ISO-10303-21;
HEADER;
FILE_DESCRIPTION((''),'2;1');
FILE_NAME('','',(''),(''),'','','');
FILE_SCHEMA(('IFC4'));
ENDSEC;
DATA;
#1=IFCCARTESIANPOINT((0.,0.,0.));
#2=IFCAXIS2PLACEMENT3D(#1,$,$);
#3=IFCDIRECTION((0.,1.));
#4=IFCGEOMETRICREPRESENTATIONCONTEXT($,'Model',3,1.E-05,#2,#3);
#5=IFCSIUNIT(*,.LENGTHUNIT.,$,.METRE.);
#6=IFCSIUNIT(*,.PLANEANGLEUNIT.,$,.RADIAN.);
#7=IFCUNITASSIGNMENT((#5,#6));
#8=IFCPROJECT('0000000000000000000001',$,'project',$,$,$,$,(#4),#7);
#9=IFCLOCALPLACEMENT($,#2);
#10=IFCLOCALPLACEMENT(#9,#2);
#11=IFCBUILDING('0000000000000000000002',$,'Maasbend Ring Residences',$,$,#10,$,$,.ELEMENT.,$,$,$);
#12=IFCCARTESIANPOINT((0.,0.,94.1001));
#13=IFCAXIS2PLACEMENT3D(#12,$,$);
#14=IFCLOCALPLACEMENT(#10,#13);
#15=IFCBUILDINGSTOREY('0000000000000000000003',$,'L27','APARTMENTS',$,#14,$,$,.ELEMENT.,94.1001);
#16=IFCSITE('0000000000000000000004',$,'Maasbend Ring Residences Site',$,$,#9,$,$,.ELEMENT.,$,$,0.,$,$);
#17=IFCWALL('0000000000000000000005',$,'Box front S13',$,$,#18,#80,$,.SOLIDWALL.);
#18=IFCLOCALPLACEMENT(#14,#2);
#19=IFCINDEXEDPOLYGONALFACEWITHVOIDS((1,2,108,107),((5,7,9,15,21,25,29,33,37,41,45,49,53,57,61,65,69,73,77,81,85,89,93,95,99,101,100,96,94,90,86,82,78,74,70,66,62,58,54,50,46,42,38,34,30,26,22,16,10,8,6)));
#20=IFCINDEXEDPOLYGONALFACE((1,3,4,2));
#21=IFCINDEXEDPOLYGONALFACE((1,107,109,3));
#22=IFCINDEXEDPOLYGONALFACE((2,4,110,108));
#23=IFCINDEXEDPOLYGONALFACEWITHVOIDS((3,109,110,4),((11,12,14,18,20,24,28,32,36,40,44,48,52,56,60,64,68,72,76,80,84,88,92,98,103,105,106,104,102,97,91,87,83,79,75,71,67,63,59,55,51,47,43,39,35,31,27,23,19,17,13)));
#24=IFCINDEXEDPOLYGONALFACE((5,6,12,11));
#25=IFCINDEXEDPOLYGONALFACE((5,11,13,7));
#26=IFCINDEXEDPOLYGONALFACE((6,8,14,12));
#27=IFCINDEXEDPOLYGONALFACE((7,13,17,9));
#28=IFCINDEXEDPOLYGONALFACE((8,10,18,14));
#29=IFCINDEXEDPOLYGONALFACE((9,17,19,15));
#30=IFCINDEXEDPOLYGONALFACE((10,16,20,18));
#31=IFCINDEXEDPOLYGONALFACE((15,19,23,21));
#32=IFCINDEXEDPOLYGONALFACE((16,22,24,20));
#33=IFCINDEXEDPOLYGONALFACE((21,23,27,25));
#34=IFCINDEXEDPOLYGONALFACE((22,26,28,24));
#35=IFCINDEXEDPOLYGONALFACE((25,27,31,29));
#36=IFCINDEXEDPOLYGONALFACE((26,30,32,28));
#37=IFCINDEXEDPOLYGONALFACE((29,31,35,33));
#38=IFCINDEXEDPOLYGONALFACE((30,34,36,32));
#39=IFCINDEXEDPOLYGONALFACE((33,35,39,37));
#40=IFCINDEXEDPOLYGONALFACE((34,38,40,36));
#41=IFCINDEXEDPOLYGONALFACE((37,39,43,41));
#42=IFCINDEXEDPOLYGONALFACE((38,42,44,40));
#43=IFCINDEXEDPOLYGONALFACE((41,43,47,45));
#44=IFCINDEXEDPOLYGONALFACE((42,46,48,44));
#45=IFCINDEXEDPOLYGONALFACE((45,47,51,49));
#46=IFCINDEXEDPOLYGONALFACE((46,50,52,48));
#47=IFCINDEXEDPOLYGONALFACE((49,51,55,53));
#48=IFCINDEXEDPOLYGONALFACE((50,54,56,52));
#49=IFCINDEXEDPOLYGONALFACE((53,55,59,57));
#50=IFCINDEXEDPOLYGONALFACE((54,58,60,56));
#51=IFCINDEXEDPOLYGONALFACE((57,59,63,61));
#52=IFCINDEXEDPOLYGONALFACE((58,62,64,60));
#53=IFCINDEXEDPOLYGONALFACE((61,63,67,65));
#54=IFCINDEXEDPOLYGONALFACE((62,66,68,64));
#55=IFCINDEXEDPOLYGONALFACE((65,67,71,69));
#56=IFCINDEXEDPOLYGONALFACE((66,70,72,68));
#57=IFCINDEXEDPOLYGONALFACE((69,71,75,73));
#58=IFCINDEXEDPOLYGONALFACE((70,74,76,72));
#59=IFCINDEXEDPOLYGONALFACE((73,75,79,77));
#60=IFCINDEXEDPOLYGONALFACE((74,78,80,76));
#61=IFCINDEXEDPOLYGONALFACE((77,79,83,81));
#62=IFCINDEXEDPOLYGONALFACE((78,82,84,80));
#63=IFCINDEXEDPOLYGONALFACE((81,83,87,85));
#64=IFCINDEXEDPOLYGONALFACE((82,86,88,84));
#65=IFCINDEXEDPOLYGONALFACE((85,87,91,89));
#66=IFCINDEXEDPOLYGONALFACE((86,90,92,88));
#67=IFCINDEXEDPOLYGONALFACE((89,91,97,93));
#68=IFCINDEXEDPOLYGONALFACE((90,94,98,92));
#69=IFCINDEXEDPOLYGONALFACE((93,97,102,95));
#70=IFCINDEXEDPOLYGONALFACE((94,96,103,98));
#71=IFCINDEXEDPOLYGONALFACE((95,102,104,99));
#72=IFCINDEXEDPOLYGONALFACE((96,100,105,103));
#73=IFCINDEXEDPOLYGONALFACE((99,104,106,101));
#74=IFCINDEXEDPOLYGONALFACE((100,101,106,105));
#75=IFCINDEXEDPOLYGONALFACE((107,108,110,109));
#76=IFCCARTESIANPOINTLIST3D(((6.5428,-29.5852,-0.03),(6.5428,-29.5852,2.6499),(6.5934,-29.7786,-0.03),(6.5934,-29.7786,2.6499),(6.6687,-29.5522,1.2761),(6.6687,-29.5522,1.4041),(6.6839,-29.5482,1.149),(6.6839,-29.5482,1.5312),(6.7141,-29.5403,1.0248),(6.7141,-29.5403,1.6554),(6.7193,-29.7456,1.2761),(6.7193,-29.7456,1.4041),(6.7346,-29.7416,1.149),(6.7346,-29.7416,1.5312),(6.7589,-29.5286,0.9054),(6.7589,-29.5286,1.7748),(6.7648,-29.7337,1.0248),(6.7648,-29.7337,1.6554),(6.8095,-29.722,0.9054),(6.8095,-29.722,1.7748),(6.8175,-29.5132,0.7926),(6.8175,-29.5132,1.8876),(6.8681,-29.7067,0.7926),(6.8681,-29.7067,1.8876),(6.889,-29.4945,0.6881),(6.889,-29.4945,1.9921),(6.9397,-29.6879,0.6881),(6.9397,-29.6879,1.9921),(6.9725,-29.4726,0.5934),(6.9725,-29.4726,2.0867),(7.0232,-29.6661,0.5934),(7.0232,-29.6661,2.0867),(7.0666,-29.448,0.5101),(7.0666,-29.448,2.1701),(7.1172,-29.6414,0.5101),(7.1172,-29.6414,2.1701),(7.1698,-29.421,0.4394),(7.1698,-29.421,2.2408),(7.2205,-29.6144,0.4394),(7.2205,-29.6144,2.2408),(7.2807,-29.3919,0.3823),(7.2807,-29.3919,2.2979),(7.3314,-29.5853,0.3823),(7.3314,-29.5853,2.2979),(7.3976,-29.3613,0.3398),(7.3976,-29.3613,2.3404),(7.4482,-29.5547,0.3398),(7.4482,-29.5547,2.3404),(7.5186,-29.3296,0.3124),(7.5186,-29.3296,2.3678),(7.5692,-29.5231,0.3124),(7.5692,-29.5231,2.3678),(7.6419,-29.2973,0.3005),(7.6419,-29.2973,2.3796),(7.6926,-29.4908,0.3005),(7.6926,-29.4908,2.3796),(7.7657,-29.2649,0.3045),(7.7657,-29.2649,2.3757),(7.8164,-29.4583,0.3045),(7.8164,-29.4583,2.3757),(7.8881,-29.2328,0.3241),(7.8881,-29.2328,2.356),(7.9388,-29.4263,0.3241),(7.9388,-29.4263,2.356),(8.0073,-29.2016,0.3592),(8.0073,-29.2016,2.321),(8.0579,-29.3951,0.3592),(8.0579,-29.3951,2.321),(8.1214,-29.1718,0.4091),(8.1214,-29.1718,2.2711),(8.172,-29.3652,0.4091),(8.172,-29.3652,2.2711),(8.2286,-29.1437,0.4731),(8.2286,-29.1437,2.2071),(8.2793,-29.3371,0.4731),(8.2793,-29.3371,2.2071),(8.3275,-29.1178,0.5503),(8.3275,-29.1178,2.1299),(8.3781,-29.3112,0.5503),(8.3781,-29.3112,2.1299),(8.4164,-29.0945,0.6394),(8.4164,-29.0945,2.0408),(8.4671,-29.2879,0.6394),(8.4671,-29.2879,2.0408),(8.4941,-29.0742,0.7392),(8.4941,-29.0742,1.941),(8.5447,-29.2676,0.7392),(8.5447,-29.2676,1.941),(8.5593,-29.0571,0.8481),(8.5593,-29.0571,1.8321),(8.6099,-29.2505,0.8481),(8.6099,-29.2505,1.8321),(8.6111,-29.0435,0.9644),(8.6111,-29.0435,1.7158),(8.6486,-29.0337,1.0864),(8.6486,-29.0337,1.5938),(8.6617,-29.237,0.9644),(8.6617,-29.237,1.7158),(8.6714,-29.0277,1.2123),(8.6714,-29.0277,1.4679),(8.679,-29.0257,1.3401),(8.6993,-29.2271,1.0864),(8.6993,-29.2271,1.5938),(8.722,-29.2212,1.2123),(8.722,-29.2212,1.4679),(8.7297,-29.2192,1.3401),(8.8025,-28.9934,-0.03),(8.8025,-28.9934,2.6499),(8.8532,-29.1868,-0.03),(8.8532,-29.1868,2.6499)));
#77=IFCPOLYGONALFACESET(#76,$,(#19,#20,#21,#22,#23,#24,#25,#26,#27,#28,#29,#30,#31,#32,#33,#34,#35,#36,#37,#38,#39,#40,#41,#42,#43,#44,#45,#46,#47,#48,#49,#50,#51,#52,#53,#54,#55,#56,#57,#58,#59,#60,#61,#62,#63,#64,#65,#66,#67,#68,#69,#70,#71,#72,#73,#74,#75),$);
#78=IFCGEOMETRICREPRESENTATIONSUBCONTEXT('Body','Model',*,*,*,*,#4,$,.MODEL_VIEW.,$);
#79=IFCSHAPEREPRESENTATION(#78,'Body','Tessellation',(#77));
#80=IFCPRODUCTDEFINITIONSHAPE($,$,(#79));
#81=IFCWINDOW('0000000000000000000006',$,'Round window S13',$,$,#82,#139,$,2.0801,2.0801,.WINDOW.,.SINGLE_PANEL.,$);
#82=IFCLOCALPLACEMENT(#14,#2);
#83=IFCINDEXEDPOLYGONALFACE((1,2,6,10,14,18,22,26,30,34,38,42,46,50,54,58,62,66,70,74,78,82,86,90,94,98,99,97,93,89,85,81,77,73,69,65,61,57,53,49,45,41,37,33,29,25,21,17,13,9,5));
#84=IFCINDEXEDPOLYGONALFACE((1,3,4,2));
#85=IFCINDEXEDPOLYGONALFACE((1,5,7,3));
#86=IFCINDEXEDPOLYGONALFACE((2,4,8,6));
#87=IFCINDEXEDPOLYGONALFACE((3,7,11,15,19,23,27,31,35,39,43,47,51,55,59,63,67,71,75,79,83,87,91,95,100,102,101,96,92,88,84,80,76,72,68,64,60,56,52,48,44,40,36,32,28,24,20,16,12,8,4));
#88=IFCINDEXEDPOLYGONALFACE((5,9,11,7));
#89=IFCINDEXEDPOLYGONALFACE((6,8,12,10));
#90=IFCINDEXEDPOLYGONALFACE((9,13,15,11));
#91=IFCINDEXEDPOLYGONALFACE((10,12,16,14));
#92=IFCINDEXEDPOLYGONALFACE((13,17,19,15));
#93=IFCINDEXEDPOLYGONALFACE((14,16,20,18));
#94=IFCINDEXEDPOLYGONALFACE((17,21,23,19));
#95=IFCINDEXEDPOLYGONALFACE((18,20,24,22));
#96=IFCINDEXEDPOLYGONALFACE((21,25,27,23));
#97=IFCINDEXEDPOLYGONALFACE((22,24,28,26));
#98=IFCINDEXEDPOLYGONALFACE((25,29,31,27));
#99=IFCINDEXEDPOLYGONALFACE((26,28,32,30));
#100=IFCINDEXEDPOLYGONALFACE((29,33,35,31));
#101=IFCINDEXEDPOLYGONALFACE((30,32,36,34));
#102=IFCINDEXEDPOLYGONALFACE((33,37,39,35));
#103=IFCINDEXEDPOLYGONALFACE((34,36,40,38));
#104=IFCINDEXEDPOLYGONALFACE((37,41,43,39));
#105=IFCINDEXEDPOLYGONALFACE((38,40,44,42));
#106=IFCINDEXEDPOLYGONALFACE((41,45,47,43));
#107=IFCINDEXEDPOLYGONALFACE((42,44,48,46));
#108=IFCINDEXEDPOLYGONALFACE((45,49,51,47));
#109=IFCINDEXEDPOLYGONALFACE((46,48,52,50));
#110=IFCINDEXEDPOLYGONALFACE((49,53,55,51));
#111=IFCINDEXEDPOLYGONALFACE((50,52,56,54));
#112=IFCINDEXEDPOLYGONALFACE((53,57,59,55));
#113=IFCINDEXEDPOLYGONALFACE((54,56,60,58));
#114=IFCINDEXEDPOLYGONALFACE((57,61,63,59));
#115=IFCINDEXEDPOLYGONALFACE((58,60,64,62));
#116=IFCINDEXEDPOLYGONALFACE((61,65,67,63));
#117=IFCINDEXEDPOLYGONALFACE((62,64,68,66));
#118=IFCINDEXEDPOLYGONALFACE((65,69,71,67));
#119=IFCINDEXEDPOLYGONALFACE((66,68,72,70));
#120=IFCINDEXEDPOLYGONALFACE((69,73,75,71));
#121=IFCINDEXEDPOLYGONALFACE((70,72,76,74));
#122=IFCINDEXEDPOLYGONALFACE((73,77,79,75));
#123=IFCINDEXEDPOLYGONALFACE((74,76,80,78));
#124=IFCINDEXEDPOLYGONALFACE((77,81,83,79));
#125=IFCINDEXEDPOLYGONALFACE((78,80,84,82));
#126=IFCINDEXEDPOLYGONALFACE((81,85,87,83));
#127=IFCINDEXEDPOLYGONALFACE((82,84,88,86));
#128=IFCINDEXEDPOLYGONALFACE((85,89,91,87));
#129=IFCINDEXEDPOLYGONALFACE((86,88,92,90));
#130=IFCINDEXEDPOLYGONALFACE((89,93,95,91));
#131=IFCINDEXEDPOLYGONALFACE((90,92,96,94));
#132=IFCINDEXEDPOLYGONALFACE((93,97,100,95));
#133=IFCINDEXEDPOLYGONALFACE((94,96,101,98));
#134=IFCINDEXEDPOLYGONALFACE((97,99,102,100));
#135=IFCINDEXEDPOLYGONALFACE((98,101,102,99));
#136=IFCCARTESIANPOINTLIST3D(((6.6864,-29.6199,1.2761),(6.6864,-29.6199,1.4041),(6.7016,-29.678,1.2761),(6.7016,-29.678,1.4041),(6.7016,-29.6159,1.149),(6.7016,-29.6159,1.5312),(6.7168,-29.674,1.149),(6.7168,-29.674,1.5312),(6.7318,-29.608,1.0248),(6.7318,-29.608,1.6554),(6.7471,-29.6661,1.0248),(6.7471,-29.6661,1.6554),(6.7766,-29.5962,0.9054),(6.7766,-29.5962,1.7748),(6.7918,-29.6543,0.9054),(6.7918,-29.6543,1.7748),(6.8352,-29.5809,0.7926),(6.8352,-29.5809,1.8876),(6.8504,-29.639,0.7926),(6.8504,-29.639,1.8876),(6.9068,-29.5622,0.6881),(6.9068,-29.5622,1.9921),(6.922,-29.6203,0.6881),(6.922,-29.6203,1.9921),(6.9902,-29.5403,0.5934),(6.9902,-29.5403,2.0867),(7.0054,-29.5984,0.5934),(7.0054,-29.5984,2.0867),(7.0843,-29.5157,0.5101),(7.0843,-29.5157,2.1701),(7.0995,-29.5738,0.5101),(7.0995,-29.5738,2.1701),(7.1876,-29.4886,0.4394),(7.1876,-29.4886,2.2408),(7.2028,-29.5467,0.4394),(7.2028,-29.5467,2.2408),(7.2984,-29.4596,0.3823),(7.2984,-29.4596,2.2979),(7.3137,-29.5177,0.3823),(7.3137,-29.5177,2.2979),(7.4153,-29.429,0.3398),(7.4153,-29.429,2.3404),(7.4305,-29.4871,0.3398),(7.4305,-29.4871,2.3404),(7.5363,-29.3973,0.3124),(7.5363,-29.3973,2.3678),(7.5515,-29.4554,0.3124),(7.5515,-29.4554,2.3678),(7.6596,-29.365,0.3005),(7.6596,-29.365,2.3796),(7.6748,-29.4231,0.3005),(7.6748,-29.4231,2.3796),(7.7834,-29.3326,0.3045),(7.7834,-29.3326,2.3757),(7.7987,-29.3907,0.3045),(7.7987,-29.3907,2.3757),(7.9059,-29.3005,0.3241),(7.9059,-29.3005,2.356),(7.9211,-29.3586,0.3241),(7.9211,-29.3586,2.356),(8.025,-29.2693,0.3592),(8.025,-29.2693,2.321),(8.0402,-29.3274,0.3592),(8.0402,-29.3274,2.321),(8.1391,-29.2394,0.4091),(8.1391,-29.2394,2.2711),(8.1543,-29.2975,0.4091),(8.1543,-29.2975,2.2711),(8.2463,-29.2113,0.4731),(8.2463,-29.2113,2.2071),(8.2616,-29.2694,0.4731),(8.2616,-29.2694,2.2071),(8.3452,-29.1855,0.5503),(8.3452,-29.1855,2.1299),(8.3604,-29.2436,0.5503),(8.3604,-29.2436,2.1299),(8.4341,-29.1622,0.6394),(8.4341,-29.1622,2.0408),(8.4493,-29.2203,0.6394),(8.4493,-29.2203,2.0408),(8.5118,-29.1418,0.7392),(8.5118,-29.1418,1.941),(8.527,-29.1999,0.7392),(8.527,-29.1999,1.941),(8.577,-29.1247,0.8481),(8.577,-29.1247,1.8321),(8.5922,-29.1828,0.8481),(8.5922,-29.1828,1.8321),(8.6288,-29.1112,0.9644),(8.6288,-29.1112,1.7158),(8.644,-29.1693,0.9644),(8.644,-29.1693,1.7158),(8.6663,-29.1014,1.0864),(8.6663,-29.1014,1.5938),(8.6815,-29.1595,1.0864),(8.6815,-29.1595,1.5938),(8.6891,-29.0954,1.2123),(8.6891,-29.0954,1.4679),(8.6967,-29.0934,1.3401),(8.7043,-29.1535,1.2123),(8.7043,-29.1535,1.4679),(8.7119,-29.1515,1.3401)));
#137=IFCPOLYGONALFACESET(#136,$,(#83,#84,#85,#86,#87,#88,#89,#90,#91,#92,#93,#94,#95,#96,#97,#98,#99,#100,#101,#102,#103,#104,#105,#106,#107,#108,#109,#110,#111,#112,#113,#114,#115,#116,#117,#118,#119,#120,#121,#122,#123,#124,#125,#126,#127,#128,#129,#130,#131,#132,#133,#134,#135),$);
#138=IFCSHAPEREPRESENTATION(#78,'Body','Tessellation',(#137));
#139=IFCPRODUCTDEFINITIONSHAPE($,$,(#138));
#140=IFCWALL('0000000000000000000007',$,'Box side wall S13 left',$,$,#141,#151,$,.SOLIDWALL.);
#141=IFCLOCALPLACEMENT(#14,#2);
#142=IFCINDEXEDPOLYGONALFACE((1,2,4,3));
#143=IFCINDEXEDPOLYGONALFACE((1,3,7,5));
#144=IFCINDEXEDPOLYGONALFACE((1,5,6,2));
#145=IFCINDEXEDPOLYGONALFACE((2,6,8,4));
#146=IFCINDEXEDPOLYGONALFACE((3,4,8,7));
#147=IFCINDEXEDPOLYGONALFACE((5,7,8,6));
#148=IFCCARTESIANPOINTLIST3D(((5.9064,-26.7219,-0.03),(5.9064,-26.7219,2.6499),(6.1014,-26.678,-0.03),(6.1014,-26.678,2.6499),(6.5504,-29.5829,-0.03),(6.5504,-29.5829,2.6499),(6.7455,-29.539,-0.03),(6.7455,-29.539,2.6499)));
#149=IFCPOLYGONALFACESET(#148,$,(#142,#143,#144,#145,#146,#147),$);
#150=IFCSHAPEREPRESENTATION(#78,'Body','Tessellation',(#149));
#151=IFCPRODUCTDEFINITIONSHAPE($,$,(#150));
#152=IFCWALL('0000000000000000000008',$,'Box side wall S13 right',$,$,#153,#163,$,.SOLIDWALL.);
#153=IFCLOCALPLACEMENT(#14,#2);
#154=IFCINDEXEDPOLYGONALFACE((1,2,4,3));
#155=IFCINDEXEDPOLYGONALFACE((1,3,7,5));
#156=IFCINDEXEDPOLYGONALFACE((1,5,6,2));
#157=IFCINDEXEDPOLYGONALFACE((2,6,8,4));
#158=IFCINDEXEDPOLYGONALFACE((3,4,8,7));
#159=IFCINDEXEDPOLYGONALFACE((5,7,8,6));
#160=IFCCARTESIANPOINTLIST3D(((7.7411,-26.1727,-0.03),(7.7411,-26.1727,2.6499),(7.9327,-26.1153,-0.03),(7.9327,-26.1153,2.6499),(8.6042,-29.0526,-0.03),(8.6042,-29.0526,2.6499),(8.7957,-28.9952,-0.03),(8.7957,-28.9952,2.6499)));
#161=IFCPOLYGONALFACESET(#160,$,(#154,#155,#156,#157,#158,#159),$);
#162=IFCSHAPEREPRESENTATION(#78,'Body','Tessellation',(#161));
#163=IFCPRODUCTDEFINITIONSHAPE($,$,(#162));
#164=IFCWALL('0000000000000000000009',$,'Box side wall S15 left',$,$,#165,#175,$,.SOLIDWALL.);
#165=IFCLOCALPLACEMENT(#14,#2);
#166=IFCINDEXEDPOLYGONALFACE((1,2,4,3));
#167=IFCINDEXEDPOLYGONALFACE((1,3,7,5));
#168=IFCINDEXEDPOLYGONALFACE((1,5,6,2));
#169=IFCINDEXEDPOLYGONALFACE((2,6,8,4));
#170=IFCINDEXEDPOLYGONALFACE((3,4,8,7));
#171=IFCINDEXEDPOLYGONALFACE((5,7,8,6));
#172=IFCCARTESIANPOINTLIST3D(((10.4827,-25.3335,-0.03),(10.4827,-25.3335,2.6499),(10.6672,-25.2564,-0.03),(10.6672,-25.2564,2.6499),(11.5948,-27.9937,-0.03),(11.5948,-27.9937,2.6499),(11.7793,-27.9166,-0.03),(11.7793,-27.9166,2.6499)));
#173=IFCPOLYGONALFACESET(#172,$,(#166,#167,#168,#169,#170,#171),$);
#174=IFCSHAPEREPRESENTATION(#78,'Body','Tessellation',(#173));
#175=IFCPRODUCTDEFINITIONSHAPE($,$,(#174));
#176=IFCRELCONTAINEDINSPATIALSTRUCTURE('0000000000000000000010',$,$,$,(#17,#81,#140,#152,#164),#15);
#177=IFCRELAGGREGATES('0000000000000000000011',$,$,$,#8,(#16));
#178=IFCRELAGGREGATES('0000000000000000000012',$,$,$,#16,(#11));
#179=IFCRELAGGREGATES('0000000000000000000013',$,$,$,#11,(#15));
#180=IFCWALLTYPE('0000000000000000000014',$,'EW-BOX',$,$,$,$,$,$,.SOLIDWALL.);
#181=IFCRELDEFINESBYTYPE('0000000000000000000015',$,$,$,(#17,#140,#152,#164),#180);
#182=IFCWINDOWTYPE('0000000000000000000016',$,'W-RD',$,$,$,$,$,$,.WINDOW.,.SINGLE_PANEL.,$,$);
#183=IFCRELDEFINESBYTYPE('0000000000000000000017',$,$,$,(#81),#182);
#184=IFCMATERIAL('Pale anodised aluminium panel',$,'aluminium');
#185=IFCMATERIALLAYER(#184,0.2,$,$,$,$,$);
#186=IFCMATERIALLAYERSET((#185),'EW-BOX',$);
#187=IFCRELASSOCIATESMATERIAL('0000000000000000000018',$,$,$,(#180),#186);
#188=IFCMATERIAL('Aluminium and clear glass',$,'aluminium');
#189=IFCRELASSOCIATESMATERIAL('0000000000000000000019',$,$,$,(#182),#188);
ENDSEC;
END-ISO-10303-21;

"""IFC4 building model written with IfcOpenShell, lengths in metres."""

from ifc_helpers import new_model, si_unit, direction, frame, frame_2d, origin, place, context, subcontext, project, spatial, rectangle, circle, extrude, material, layer, layer_set, type_object, element, fill, save


model = new_model("IFC4")

# Units and contexts
model_context = context("Model", 3, precision=1e-05, world=origin(), true_north=direction((0.0, 1.0)))
body_context = subcontext(model_context, "Body", "Model", "MODEL_VIEW")
ifc_project = project(units=[si_unit("LENGTHUNIT", "METRE"), si_unit("PLANEANGLEUNIT", "RADIAN")], contexts=[model_context])

# Site, building, storey
site_placement = place(None, origin())
site = spatial("IfcSite", under=ifc_project, at=site_placement, Name="Maasbend Ring Residences Site", CompositionType="ELEMENT", RefElevation=0.0)
building_placement = place(site_placement, origin())
building = spatial("IfcBuilding", under=site, at=building_placement, Name="Maasbend Ring Residences", CompositionType="ELEMENT")
storey_placement = place(building_placement, frame((0.0, 0.0, 94.1001)))
storey = spatial("IfcBuildingStorey", under=building, at=storey_placement, Name="L27", Description="APARTMENTS", CompositionType="ELEMENT", Elevation=94.1001)

# Shared definitions
ifc_material_1 = material(Name="Pale anodised aluminium panel", Category="aluminium")
ifc_layer_1 = layer(ifc_material_1, 0.2)
ifc_layer_set_1 = layer_set([ifc_layer_1], Name="EW-BOX")
wall_type_1 = type_object("IfcWallType", Name="EW-BOX", PredefinedType="SOLIDWALL", material=ifc_layer_set_1)

# Wall, opening, window
wall_1_placement = place(storey_placement, frame((6.5681, -29.6819, -0.03), z_axis=(0.0, 0.0, 1.0), x_axis=(0.967377, 0.253341, 0.0)))
wall_1 = element("IfcWall", 1, at=wall_1_placement, inside=storey, type_object=wall_type_1, Name="Box front S13", PredefinedType="SOLIDWALL", context=body_context, shape_type="SweptSolid", body=[
    extrude(rectangle(XDim=2.3359, YDim=0.2, at=frame_2d((1.168, 0.0))), origin(), (0.0, 0.0, 1.0), 2.6799),
])
opening_1_placement = place(wall_1_placement, frame((0.1282, 0.0, 0.3301)))
opening_1 = element("IfcOpeningElement", 2, at=opening_1_placement, cuts=wall_1, PredefinedType="OPENING", context=body_context, shape_type="SweptSolid", body=[
    extrude(circle(Radius=1.04, at=frame_2d((1.04, 1.04))), frame((0.0, 0.1099, 0.0), z_axis=(0.0, -1.0, 0.0), x_axis=(1.0, 0.0, 0.0)), (0.0, 0.0, 1.0), 0.22),
])
ifc_material_2 = material(Name="Aluminium and clear glass", Category="aluminium")
window_type_1 = type_object("IfcWindowType", Name="W-RD", PartitioningType="SINGLE_PANEL", PredefinedType="WINDOW", material=ifc_material_2)
window_1_placement = place(opening_1_placement, origin())
window_1 = element("IfcWindow", 3, at=window_1_placement, inside=storey, type_object=window_type_1, Name="Round window S13", OverallHeight=2.0801, OverallWidth=2.0801, PartitioningType="SINGLE_PANEL", PredefinedType="WINDOW", context=body_context, shape_type="SweptSolid", body=[
    extrude(circle(Radius=1.04, at=frame_2d((1.04, 1.04))), frame((0.0, 0.03, 0.0), z_axis=(0.0, -1.0, 0.0), x_axis=(1.0, 0.0, 0.0)), (0.0, 0.0, 1.0), 0.0601),
])
fill(opening_1, window_1)

# Walls
wall_2_placement = place(storey_placement, frame((6.0039, -26.7, -0.03), z_axis=(0.0, 0.0, 1.0), x_axis=(0.219609, -0.975588, 0.0)))
element("IfcWall", 4, at=wall_2_placement, inside=storey, type_object=wall_type_1, Name="Box side wall S13 left", PredefinedType="SOLIDWALL", context=body_context, shape_type="SweptSolid", body=[
    extrude(rectangle(XDim=2.9326, YDim=0.2, at=frame_2d((1.4663, 0.0))), origin(), (0.0, 0.0, 1.0), 2.6799),
])
wall_3_placement = place(storey_placement, frame((7.8369, -26.144, -0.03), z_axis=(0.0, 0.0, 1.0), x_axis=(0.287065, -0.957911, 0.0)))
element("IfcWall", 5, at=wall_3_placement, inside=storey, type_object=wall_type_1, Name="Box side wall S13 right", PredefinedType="SOLIDWALL", context=body_context, shape_type="SweptSolid", body=[
    extrude(rectangle(XDim=3.0063, YDim=0.2, at=frame_2d((1.5032, 0.0))), origin(), (0.0, 0.0, 1.0), 2.6799),
])
wall_4_placement = place(storey_placement, frame((10.575, -25.2949, -0.03), z_axis=(0.0, 0.0, 1.0), x_axis=(0.385697, -0.922625, 0.0)))
element("IfcWall", 6, at=wall_4_placement, inside=storey, type_object=wall_type_1, Name="Box side wall S15 left", PredefinedType="SOLIDWALL", context=body_context, shape_type="SweptSolid", body=[
    extrude(rectangle(XDim=2.8833, YDim=0.2, at=frame_2d((1.4417, 0.0))), origin(), (0.0, 0.0, 1.0), 2.6799),
])

save(model, "model.ifc")
